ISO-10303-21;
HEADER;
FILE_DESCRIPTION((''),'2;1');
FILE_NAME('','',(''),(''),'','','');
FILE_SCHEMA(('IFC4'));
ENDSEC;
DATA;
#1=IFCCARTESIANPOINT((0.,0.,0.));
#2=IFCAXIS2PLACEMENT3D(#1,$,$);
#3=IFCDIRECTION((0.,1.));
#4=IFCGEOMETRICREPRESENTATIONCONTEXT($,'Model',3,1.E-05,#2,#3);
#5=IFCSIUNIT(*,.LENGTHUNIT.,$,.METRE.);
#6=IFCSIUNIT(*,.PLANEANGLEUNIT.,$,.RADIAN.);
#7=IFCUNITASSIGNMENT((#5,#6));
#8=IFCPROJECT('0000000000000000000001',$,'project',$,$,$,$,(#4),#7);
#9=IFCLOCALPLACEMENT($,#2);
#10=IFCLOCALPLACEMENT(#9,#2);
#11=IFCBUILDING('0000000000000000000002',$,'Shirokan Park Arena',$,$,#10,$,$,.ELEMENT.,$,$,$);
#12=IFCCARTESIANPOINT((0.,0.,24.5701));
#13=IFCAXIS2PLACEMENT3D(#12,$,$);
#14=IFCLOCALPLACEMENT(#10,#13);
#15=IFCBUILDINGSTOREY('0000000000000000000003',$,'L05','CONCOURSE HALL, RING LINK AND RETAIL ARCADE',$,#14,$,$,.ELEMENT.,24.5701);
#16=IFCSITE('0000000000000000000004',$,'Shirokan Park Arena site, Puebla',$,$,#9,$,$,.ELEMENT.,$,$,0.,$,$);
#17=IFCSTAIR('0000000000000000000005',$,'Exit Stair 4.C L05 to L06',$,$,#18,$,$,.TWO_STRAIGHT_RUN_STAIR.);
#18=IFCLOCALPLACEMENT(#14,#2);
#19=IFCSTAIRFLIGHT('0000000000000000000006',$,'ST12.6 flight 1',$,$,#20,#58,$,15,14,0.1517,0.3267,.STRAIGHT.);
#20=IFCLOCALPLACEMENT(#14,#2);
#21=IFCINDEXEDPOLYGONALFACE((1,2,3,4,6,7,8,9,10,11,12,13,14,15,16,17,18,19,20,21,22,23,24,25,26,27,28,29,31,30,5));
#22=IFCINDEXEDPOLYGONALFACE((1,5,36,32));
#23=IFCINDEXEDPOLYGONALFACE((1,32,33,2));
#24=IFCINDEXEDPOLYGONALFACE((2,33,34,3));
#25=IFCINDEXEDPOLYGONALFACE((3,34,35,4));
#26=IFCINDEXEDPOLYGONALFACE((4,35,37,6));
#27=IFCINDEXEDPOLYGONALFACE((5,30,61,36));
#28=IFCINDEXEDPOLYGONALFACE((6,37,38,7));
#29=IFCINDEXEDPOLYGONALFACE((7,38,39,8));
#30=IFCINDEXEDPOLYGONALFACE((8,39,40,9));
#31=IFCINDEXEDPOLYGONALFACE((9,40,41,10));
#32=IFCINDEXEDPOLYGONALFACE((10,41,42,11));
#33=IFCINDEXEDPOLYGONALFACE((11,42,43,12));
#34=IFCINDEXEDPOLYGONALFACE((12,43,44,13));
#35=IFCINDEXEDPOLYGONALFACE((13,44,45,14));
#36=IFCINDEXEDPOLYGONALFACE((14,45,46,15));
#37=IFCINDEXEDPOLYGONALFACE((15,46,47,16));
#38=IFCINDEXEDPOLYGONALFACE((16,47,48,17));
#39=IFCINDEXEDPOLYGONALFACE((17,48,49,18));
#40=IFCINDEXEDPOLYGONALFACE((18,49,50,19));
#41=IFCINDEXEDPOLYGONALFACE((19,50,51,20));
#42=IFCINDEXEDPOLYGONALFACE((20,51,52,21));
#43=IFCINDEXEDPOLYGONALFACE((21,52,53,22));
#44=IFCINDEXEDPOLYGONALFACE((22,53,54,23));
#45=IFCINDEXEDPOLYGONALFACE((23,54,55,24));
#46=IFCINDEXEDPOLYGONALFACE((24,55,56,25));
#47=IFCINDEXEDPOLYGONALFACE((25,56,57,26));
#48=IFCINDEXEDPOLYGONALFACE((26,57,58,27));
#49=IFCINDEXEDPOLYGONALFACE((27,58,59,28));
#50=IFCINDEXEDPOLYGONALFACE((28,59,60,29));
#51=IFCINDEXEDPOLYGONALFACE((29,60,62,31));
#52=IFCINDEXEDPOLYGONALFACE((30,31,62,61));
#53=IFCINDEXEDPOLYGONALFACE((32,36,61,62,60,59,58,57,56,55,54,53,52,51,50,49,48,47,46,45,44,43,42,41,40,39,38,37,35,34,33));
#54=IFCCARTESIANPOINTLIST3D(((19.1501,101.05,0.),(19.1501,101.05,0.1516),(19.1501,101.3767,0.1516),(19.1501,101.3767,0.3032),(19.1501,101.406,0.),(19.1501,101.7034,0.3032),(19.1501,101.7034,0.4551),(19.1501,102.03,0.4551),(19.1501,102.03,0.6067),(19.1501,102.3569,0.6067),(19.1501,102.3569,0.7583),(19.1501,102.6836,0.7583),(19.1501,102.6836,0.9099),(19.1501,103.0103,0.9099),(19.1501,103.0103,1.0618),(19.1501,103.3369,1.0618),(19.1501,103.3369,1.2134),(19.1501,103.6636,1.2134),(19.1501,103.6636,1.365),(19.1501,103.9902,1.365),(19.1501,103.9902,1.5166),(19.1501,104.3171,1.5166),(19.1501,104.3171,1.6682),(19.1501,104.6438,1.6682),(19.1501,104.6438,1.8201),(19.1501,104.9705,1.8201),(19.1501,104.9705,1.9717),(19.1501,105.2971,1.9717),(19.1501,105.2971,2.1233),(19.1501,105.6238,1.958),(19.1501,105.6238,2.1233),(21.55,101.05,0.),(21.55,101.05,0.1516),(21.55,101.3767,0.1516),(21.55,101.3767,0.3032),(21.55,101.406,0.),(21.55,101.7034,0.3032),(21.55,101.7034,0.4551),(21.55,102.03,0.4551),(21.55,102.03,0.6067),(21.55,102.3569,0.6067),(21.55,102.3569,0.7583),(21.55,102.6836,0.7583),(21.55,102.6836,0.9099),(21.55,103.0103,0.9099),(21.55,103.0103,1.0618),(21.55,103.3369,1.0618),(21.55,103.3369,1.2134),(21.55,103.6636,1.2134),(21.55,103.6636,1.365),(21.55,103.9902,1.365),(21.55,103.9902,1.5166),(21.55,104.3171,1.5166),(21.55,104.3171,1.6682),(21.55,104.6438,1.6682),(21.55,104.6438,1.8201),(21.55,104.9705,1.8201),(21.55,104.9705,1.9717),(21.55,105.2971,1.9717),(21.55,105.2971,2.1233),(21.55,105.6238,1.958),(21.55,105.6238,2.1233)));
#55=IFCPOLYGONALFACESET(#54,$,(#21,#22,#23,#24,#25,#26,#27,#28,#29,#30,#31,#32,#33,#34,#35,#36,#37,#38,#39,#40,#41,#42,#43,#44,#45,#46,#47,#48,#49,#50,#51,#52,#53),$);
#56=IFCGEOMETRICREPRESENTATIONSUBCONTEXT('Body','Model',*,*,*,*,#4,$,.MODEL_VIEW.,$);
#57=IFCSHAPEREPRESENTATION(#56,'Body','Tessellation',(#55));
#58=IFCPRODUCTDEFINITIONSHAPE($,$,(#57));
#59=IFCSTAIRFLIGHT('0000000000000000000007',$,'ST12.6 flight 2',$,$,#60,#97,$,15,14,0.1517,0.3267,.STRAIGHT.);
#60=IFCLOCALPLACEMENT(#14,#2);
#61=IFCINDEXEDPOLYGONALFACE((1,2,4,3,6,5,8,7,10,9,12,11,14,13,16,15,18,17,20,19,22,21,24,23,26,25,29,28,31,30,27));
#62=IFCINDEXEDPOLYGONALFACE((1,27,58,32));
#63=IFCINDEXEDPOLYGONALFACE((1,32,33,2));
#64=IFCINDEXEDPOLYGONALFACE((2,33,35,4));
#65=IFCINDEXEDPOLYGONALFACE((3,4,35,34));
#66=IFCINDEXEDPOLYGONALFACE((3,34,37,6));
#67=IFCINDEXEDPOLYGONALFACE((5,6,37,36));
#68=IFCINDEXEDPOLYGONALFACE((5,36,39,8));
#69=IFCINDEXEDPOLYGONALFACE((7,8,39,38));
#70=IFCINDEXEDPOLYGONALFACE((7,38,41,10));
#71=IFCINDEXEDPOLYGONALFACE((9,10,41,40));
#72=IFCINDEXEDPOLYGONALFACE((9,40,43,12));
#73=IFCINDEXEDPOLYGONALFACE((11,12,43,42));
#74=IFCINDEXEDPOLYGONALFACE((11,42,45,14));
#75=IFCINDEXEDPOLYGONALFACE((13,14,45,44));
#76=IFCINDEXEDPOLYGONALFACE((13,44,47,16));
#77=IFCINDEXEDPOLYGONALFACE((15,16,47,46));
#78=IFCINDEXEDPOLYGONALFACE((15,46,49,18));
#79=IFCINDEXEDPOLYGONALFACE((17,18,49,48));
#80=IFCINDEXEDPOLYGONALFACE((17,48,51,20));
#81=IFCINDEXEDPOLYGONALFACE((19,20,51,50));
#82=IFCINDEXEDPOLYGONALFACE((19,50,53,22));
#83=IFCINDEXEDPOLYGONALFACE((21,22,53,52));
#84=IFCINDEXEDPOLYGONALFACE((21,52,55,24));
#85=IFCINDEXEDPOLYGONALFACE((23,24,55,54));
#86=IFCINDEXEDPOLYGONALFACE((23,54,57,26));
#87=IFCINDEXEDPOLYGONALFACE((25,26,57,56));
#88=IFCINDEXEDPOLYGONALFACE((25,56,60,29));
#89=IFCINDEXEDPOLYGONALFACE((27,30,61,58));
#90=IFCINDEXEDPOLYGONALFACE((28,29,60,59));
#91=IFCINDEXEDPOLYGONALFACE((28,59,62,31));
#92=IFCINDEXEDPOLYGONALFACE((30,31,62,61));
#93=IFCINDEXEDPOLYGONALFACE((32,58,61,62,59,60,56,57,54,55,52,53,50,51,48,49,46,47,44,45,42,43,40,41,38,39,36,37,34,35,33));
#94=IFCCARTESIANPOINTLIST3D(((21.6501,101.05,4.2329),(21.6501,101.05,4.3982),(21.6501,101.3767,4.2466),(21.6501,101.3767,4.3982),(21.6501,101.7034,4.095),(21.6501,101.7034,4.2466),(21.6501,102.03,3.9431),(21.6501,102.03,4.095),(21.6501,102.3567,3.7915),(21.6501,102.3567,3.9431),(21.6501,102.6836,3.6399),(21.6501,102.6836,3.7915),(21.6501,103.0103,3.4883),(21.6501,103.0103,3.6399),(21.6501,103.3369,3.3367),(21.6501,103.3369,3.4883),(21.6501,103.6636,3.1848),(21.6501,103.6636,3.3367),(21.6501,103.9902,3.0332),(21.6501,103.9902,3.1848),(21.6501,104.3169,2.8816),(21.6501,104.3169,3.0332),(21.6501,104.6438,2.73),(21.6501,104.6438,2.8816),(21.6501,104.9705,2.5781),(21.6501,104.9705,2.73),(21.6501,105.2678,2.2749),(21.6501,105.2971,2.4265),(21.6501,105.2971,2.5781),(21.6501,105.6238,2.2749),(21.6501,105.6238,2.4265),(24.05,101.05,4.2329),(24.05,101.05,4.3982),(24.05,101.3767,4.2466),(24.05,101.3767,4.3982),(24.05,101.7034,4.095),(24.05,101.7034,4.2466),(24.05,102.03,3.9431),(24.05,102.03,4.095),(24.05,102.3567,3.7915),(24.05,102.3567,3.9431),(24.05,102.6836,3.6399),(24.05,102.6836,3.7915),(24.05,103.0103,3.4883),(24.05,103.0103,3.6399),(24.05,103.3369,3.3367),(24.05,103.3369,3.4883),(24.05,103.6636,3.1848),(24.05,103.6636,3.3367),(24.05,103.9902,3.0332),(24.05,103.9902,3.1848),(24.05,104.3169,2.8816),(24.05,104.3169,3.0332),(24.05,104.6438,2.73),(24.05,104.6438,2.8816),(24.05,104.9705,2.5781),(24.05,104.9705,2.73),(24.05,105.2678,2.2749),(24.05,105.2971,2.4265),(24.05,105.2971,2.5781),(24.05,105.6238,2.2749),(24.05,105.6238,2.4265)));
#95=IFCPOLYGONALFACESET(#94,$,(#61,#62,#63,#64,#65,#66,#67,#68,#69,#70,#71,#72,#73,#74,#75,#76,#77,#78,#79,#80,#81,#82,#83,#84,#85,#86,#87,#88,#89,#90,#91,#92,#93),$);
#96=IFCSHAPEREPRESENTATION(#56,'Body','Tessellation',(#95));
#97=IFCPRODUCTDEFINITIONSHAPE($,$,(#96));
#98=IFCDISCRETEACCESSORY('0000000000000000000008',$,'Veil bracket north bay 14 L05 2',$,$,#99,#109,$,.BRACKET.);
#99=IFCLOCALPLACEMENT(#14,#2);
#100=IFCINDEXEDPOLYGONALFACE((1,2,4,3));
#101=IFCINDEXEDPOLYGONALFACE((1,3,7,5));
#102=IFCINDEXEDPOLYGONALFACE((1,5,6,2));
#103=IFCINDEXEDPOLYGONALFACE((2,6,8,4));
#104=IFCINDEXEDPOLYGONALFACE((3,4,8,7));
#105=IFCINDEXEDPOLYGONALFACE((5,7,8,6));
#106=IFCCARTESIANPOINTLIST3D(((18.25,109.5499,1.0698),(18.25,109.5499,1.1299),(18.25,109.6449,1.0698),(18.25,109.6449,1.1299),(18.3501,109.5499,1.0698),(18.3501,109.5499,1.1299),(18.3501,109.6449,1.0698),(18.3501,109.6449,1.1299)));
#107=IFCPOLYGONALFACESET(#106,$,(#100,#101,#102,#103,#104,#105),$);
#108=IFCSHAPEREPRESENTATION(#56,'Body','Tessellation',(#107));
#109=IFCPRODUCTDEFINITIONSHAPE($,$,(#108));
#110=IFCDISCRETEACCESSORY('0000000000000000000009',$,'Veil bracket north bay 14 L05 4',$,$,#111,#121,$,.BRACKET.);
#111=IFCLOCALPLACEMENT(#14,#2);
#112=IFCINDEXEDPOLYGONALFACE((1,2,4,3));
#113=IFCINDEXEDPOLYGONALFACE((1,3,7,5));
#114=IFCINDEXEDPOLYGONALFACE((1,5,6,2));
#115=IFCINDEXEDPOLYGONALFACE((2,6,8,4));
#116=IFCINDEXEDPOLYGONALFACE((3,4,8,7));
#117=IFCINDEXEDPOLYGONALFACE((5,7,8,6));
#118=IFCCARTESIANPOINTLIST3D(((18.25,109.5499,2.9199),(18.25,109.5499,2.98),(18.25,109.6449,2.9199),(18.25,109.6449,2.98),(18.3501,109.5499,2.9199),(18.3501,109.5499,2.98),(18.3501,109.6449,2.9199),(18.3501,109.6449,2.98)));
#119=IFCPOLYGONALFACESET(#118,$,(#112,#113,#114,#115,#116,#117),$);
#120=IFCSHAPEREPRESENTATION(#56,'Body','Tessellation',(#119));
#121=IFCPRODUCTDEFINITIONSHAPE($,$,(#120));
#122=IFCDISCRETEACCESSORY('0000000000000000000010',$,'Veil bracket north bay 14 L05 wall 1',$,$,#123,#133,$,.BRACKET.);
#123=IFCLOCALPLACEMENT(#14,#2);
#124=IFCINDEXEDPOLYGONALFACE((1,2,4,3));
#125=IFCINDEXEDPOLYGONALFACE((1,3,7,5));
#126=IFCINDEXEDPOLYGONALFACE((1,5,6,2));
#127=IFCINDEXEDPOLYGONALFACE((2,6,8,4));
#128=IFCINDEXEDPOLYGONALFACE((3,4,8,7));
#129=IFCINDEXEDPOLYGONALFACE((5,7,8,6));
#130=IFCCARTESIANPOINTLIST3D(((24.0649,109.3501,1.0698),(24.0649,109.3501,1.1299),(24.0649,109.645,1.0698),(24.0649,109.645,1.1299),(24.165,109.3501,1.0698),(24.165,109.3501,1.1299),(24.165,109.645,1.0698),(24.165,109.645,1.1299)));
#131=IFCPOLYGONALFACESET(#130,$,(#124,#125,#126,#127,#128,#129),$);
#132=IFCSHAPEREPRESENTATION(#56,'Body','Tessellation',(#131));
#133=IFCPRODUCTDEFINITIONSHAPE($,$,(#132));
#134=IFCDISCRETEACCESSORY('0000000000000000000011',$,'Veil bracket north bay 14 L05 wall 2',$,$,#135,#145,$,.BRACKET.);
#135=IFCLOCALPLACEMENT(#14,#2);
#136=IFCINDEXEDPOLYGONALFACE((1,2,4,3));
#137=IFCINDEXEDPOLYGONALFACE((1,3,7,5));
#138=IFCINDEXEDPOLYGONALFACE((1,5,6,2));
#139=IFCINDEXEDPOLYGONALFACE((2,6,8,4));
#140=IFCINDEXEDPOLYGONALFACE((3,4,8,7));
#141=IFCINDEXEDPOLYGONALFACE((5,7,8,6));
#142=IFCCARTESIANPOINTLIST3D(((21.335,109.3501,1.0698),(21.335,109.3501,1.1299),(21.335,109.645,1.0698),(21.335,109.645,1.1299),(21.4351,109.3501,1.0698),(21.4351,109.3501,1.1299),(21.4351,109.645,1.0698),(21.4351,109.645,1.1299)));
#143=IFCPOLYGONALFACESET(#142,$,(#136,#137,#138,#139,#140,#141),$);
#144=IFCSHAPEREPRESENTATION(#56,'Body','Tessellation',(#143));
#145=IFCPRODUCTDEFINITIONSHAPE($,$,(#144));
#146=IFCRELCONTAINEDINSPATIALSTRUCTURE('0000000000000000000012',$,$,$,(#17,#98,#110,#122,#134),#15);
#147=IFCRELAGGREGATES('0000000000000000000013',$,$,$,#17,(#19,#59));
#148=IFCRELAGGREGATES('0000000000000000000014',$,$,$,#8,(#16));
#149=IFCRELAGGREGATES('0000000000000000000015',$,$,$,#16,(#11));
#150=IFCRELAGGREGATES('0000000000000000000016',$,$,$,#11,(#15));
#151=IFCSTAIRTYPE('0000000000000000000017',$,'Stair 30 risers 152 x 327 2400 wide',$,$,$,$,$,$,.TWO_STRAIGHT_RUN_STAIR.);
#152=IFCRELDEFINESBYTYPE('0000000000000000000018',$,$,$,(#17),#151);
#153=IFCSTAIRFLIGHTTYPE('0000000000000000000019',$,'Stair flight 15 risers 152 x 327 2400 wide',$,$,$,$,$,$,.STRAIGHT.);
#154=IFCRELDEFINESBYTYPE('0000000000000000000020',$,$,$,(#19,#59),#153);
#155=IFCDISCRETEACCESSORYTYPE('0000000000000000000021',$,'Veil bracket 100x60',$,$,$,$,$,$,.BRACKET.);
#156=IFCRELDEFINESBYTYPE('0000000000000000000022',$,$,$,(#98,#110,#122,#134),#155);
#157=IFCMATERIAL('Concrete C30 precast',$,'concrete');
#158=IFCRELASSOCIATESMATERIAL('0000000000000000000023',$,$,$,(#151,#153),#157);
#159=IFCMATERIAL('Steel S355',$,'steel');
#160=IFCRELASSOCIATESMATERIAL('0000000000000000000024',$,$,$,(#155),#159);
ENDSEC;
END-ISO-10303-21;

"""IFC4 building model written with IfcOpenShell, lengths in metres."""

from ifc_helpers import new_model, si_unit, direction, frame, origin, origin_2d, place, context, subcontext, project, spatial, polyline, rectangle, outline, extrude, material, type_object, element, aggregate, save


model = new_model("IFC4")

# Units and contexts
model_context = context("Model", 3, precision=1e-05, world=origin(), true_north=direction((0.0, 1.0)))
body_context = subcontext(model_context, "Body", "Model", "MODEL_VIEW")
ifc_project = project(units=[si_unit("LENGTHUNIT", "METRE"), si_unit("PLANEANGLEUNIT", "RADIAN")], contexts=[model_context])

# Site, building, storey
site_placement = place(None, origin())
site = spatial("IfcSite", under=ifc_project, at=site_placement, Name="Shirokan Park Arena site, Puebla", CompositionType="ELEMENT", RefElevation=0.0)
building_placement = place(site_placement, origin())
building = spatial("IfcBuilding", under=site, at=building_placement, Name="Shirokan Park Arena", CompositionType="ELEMENT")
storey_placement = place(building_placement, frame((0.0, 0.0, 24.5701)))
storey = spatial("IfcBuildingStorey", under=building, at=storey_placement, Name="L05", Description="CONCOURSE HALL, RING LINK AND RETAIL ARCADE", CompositionType="ELEMENT", Elevation=24.5701)

# Stair, stair flights
ifc_material_1 = material(Name="Concrete C30 precast", Category="concrete")
stair_type = type_object("IfcStairType", Name="Stair 30 risers 152 x 327 2400 wide", PredefinedType="TWO_STRAIGHT_RUN_STAIR", material=ifc_material_1)
stair_placement = place(storey_placement, origin())
stair = element("IfcStair", 1, at=stair_placement, inside=storey, type_object=stair_type, Name="Exit Stair 4.C L05 to L06", PredefinedType="TWO_STRAIGHT_RUN_STAIR")
stair_flight_type = type_object("IfcStairFlightType", Name="Stair flight 15 risers 152 x 327 2400 wide", PredefinedType="STRAIGHT", material=ifc_material_1)
stair_flight_1_placement = place(storey_placement, frame((20.3501, 101.05, 0.0), z_axis=(0.0, 0.0, 1.0), x_axis=(0.0, 1.0, 0.0)))
stair_flight_1 = element("IfcStairFlight", 2, at=stair_flight_1_placement, type_object=stair_flight_type, Name="ST12.6 flight 1", NumberOfRisers=15, NumberOfTreads=14, PredefinedType="STRAIGHT", RiserHeight=0.1517, TreadLength=0.3267, context=body_context, shape_type="SweptSolid", body=[
    extrude(outline(polyline([(0.0, 0.0), (0.0, 0.1516), (0.3267, 0.1516), (0.3267, 0.3032), (0.6533, 0.3032), (0.6533, 0.4551), (0.98, 0.4551), (0.98, 0.6067), (1.3069, 0.6067), (1.3069, 0.7583), (1.6335, 0.7583), (1.6335, 0.9099), (1.9602, 0.9099), (1.9602, 1.0618), (2.2869, 1.0618), (2.2869, 1.2134), (2.6135, 1.2134), (2.6135, 1.365), (2.9402, 1.365), (2.9402, 1.5166), (3.2671, 1.5166), (3.2671, 1.6682), (3.5938, 1.6682), (3.5938, 1.8201), (3.9204, 1.8201), (3.9204, 1.9717), (4.2471, 1.9717), (4.2471, 2.1233), (4.5737, 2.1233), (4.5737, 2.2749), (4.5737, 1.958), (0.356, 0.0), (0.0, 0.0)])), frame((0.0, 1.2, 0.0), z_axis=(0.0, -1.0, 0.0), x_axis=(1.0, 0.0, 0.0)), (0.0, 0.0, 1.0), 2.3999),
])
stair_flight_2_placement = place(storey_placement, frame((22.8501, 105.6238, 2.2749), z_axis=(0.0, 0.0, 1.0), x_axis=(0.0, -1.0, 0.0)))
stair_flight_2 = element("IfcStairFlight", 3, at=stair_flight_2_placement, type_object=stair_flight_type, Name="ST12.6 flight 2", NumberOfRisers=15, NumberOfTreads=14, PredefinedType="STRAIGHT", RiserHeight=0.1517, TreadLength=0.3267, context=body_context, shape_type="SweptSolid", body=[
    extrude(outline(polyline([(0.0, 0.0), (0.0, 0.1516), (0.3267, 0.1516), (0.3267, 0.3032), (0.6533, 0.3032), (0.6533, 0.4551), (0.98, 0.4551), (0.98, 0.6067), (1.3069, 0.6067), (1.3069, 0.7583), (1.6335, 0.7583), (1.6335, 0.9099), (1.9602, 0.9099), (1.9602, 1.0618), (2.2869, 1.0618), (2.2869, 1.2134), (2.6135, 1.2134), (2.6135, 1.365), (2.9402, 1.365), (2.9402, 1.5166), (3.2671, 1.5166), (3.2671, 1.6682), (3.5938, 1.6682), (3.5938, 1.8201), (3.9204, 1.8201), (3.9204, 1.9717), (4.2471, 1.9717), (4.2471, 2.1233), (4.5737, 2.1233), (4.5737, 2.2749), (4.5737, 1.958), (0.356, 0.0), (0.0, 0.0)])), frame((0.0, 1.2, 0.0), z_axis=(0.0, -1.0, 0.0), x_axis=(1.0, 0.0, 0.0)), (0.0, 0.0, 1.0), 2.3999),
])
aggregate(stair, [stair_flight_1, stair_flight_2])

# Discrete accessories
ifc_material_2 = material(Name="Steel S355", Category="steel")
discrete_accessory_type = type_object("IfcDiscreteAccessoryType", Name="Veil bracket 100x60", PredefinedType="BRACKET", material=ifc_material_2)
for number, where, z_axis, x_axis, name in (
    (4, (18.3, 109.5974, 1.0698), (0.0, 0.0, 1.0), (-1.0, 0.0, 0.0), "Veil bracket north bay 14 L05 2"),
    (5, (18.3, 109.5974, 2.9199), (0.0, 0.0, 1.0), (-1.0, 0.0, 0.0), "Veil bracket north bay 14 L05 4"),
):
    element("IfcDiscreteAccessory", number, at=place(storey_placement, frame(where, z_axis=z_axis, x_axis=x_axis)), inside=storey, type_object=discrete_accessory_type, Name=name, PredefinedType="BRACKET", context=body_context, shape_type="SweptSolid", body=[
        extrude(rectangle(XDim=0.1001, YDim=0.095, at=origin_2d()), origin(), (0.0, 0.0, 1.0), 0.0601),
    ])
for number, where, z_axis, x_axis, name in (
    (6, (24.115, 109.4976, 1.0698), (0.0, 0.0, 1.0), (-1.0, 0.0, 0.0), "Veil bracket north bay 14 L05 wall 1"),
    (7, (21.385, 109.4976, 1.0698), (0.0, 0.0, 1.0), (-1.0, 0.0, 0.0), "Veil bracket north bay 14 L05 wall 2"),
):
    element("IfcDiscreteAccessory", number, at=place(storey_placement, frame(where, z_axis=z_axis, x_axis=x_axis)), inside=storey, type_object=discrete_accessory_type, Name=name, PredefinedType="BRACKET", context=body_context, shape_type="SweptSolid", body=[
        extrude(rectangle(XDim=0.1001, YDim=0.2949, at=origin_2d()), origin(), (0.0, 0.0, 1.0), 0.0601),
    ])

save(model, "model.ifc")
